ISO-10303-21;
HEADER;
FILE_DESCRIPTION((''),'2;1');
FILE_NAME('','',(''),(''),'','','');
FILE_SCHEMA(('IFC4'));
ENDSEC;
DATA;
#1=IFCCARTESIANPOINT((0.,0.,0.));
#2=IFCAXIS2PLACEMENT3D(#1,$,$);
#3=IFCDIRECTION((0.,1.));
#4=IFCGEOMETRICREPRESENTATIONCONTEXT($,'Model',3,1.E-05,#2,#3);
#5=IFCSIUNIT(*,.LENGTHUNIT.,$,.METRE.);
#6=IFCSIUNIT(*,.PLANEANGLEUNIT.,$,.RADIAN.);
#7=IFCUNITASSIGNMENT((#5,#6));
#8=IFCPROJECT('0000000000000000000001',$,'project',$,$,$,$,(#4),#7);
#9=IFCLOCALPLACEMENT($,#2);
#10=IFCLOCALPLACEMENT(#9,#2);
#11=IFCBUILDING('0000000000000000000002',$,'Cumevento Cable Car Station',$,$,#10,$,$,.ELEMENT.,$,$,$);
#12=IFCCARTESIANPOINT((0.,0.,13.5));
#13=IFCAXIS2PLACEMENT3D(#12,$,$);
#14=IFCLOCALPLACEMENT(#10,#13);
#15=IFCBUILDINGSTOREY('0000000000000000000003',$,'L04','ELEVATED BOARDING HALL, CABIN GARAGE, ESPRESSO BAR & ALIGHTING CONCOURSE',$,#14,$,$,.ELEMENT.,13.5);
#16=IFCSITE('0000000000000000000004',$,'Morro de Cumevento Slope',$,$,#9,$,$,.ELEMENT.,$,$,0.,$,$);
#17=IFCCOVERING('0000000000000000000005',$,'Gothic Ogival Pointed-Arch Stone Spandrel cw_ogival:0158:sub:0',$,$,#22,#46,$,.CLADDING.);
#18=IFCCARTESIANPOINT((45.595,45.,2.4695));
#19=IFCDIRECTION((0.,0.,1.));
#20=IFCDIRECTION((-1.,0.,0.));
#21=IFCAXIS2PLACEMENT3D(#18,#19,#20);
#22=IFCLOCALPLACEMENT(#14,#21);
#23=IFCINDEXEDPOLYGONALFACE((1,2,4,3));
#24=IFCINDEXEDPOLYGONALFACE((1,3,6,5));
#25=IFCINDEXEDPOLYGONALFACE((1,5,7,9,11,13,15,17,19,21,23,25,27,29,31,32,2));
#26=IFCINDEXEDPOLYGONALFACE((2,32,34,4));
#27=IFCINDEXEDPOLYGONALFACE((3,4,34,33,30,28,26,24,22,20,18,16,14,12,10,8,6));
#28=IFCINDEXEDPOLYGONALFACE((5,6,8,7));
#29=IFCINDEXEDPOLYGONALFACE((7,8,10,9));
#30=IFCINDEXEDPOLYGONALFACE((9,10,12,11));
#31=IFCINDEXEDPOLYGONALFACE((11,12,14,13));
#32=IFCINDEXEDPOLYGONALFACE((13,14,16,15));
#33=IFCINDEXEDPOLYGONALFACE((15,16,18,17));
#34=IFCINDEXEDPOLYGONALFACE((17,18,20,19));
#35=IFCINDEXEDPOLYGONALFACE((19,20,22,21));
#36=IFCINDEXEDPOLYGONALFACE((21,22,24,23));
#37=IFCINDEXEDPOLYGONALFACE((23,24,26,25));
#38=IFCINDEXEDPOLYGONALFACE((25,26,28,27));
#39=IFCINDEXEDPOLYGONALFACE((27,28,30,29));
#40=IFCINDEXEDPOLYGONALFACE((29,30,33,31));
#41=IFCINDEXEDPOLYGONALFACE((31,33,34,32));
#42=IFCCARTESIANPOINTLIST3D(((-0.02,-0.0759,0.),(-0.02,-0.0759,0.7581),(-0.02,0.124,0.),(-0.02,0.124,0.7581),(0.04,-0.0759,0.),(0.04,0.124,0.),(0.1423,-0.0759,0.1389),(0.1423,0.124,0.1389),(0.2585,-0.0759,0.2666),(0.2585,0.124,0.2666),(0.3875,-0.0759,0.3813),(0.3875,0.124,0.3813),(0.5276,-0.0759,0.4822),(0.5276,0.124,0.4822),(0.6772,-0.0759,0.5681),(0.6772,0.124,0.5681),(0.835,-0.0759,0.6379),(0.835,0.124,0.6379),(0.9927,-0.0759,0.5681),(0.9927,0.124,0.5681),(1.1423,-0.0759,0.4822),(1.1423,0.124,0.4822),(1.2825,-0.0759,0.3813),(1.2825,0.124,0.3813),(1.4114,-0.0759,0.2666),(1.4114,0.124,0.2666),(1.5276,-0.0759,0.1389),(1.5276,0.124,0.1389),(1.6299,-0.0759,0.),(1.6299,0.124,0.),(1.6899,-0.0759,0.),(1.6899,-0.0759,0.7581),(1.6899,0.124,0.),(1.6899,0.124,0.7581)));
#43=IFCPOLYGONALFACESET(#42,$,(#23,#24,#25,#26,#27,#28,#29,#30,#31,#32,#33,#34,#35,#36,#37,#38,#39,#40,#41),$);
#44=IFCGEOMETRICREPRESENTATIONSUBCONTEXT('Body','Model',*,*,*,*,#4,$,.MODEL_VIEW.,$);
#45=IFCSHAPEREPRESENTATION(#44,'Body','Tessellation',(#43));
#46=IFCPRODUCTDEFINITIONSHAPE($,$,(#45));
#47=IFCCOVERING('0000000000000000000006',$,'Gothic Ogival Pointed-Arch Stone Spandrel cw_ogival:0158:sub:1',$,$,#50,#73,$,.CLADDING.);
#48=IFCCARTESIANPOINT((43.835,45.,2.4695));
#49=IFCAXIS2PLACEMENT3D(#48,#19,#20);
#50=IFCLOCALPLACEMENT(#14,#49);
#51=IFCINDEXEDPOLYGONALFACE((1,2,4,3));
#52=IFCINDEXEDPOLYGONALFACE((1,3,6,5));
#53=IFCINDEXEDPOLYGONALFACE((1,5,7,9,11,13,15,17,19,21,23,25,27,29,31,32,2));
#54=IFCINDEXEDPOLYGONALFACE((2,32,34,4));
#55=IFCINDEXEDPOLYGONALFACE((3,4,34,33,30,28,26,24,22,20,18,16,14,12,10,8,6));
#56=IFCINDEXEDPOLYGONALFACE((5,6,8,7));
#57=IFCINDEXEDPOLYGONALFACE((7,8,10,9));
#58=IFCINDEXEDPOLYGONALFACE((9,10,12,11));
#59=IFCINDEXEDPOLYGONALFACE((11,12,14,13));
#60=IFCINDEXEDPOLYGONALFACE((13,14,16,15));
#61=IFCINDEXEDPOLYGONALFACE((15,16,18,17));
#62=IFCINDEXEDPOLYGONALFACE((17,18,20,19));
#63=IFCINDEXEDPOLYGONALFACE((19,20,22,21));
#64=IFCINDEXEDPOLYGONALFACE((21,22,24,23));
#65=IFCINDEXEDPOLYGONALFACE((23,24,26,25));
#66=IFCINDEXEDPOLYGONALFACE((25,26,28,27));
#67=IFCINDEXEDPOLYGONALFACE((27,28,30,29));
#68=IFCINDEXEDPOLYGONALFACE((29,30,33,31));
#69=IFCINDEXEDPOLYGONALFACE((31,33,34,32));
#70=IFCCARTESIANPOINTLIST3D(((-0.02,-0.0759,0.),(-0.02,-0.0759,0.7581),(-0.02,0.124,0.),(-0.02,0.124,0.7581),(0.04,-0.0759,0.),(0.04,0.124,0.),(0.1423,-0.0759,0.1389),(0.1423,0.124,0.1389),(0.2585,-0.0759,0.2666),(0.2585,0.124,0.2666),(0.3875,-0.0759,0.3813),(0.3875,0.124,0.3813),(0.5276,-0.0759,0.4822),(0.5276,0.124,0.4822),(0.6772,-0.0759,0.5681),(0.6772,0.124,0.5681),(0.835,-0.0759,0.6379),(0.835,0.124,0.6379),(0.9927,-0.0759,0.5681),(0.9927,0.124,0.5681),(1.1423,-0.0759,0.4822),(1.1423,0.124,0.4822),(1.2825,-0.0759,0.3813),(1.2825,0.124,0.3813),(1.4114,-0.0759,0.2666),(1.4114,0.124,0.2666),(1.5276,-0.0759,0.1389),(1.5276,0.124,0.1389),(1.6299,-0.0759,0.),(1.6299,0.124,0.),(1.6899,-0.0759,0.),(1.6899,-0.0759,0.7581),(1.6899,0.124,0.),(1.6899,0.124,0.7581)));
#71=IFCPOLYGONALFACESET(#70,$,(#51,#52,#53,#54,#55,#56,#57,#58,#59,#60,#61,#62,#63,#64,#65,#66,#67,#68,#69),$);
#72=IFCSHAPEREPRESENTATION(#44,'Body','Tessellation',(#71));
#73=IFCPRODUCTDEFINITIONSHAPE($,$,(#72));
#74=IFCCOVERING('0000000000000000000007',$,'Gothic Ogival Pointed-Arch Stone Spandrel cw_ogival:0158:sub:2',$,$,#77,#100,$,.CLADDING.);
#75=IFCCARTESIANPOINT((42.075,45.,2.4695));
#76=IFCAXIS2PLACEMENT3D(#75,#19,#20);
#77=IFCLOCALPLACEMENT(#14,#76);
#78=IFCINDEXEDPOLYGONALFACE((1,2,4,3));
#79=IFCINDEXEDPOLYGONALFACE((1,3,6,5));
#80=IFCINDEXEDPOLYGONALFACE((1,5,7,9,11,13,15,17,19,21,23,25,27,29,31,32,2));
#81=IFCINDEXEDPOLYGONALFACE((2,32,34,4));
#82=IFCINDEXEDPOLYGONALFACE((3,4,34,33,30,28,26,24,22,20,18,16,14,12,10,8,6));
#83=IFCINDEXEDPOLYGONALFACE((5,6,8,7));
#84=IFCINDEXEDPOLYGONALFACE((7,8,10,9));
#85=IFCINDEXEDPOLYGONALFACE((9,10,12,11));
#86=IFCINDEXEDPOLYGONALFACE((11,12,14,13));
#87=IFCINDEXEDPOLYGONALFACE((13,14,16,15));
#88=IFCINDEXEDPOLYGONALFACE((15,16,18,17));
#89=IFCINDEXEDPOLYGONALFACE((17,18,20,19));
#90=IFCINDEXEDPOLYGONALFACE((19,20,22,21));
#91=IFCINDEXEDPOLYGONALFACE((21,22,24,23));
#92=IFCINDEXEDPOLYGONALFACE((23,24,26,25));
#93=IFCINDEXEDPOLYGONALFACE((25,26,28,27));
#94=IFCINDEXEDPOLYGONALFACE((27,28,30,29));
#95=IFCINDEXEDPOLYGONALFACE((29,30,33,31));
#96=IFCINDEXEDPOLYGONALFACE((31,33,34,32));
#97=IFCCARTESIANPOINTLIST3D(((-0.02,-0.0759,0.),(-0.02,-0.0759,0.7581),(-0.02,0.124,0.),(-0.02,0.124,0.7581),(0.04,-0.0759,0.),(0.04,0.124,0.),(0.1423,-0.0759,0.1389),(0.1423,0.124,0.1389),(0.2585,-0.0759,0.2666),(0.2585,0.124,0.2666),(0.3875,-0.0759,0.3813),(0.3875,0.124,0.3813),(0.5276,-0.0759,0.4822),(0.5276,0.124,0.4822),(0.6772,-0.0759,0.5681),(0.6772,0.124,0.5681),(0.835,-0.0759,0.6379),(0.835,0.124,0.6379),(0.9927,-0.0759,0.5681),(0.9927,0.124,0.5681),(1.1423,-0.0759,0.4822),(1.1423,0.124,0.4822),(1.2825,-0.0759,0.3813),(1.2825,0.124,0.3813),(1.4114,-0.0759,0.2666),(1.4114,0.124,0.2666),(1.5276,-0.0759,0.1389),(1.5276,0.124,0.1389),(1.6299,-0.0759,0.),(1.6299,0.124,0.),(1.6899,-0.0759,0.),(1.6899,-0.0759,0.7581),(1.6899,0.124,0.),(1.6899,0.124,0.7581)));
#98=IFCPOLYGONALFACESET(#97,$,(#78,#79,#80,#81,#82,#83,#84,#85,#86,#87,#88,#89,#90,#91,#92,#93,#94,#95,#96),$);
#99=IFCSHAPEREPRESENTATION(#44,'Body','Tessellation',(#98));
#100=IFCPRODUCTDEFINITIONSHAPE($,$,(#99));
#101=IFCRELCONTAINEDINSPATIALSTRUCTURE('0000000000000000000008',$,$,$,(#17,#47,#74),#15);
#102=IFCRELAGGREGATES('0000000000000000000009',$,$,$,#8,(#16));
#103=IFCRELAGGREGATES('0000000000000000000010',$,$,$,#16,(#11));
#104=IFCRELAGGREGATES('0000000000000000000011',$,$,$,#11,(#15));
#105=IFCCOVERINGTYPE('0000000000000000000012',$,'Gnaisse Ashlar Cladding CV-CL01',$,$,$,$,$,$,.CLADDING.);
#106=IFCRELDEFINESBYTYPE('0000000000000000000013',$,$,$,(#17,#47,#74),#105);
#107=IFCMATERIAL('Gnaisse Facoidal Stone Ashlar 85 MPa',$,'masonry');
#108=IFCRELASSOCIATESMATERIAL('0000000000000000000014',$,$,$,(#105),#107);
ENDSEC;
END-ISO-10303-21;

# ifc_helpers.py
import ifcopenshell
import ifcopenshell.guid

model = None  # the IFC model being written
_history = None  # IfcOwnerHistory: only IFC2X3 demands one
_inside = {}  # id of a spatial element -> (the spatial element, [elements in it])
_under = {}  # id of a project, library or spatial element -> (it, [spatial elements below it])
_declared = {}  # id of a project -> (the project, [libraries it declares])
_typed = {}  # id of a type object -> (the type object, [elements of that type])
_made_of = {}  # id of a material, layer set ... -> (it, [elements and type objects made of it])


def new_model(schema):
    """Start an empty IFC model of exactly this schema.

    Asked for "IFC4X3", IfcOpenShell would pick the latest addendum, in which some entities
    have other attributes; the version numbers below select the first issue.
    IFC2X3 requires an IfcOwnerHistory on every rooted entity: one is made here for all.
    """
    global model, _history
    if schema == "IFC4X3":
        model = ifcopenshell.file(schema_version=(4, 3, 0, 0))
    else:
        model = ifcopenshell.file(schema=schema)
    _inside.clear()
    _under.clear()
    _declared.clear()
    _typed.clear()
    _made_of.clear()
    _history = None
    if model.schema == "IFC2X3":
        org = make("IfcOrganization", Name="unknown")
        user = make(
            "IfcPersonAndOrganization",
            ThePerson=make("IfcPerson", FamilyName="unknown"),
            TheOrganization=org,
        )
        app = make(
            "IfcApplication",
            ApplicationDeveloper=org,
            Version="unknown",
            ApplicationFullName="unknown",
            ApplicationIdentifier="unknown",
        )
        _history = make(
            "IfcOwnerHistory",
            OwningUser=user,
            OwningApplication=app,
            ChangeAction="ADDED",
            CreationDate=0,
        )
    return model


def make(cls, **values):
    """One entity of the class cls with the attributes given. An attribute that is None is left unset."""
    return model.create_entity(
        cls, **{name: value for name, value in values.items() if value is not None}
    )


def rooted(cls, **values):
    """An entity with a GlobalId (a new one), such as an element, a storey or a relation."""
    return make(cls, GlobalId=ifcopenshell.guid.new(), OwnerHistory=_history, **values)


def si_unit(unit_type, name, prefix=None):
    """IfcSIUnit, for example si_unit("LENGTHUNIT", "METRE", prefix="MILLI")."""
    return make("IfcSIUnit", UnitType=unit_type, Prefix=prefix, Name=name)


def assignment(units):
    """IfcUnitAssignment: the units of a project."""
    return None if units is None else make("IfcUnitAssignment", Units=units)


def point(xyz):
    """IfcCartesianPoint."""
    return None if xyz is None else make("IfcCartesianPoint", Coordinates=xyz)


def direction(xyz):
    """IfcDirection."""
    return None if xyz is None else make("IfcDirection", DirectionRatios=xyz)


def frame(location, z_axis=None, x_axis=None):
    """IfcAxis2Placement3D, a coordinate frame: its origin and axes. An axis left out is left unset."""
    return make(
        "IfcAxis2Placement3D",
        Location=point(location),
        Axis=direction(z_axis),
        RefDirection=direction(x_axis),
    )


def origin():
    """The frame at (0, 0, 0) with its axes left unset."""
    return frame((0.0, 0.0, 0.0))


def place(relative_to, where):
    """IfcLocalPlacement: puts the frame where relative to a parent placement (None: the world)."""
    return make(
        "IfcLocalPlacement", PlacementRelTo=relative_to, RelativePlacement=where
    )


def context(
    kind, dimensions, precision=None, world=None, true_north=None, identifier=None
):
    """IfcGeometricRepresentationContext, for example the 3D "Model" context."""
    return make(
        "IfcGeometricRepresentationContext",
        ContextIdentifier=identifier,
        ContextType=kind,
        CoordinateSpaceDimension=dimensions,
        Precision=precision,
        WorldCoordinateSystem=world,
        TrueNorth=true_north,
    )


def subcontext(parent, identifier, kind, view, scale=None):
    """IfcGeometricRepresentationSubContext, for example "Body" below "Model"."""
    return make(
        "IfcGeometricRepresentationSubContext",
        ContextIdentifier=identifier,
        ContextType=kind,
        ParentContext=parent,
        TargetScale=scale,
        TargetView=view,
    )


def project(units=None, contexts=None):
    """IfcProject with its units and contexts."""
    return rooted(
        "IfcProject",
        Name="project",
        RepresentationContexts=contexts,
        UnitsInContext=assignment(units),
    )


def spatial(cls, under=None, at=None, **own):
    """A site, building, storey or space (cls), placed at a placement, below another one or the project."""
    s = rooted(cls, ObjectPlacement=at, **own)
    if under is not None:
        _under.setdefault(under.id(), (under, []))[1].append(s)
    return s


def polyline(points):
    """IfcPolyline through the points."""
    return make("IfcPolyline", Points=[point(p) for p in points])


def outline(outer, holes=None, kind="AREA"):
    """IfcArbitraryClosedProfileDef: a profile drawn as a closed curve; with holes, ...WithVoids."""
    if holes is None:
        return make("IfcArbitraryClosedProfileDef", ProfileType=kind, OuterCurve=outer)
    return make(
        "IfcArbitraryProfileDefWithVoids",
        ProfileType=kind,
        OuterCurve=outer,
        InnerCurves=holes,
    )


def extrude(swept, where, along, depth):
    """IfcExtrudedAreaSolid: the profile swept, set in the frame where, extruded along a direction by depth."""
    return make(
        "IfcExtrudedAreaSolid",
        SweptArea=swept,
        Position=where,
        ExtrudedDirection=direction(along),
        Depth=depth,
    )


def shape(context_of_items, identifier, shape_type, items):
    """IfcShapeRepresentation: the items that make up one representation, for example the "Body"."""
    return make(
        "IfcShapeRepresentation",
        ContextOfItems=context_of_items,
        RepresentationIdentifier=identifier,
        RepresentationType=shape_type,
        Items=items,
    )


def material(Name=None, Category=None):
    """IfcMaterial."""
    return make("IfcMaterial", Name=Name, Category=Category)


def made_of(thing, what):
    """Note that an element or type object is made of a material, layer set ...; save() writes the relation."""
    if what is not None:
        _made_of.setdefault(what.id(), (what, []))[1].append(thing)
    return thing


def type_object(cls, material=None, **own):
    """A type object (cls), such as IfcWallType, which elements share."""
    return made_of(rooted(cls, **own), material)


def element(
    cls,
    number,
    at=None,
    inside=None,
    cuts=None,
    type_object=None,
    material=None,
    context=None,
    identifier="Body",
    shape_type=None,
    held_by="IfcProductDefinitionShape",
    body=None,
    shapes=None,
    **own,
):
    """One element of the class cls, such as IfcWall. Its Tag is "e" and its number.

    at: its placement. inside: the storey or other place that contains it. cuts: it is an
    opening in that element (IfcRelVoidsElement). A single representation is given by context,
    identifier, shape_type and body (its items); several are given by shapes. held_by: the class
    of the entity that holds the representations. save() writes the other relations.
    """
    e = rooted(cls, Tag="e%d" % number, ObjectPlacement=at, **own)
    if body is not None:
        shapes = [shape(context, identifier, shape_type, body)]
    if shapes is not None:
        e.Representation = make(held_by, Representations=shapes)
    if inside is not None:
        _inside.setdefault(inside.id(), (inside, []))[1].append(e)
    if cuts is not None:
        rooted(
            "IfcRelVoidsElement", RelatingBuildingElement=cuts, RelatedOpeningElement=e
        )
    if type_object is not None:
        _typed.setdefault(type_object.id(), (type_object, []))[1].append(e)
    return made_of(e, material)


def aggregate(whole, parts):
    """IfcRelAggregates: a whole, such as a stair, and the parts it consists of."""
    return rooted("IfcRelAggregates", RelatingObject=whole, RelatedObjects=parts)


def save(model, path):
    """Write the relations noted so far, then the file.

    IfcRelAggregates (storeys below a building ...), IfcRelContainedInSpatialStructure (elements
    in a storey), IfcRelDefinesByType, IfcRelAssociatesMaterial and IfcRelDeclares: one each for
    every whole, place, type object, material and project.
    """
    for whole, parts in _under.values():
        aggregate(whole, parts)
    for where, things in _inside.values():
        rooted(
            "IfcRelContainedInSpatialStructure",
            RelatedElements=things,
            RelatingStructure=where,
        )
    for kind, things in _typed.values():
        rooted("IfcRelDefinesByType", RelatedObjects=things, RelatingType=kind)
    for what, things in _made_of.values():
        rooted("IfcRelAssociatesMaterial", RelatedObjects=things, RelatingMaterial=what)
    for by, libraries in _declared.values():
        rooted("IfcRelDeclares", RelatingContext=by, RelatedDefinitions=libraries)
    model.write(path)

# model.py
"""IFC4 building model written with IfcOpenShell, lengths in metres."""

from ifc_helpers import new_model, si_unit, direction, frame, origin, place, context, subcontext, project, spatial, polyline, outline, extrude, material, type_object, element, save


model = new_model("IFC4")

# Units and contexts
model_context = context("Model", 3, precision=1e-05, world=origin(), true_north=direction((0.0, 1.0)))
body_context = subcontext(model_context, "Body", "Model", "MODEL_VIEW")
ifc_project = project(units=[si_unit("LENGTHUNIT", "METRE"), si_unit("PLANEANGLEUNIT", "RADIAN")], contexts=[model_context])

# Site, building, storey
site_placement = place(None, origin())
site = spatial("IfcSite", under=ifc_project, at=site_placement, Name="Morro de Cumevento Slope", CompositionType="ELEMENT", RefElevation=0.0)
building_placement = place(site_placement, origin())
building = spatial("IfcBuilding", under=site, at=building_placement, Name="Cumevento Cable Car Station", CompositionType="ELEMENT")
storey_placement = place(building_placement, frame((0.0, 0.0, 13.5)))
storey = spatial("IfcBuildingStorey", under=building, at=storey_placement, Name="L04", Description="ELEVATED BOARDING HALL, CABIN GARAGE, ESPRESSO BAR & ALIGHTING CONCOURSE", CompositionType="ELEMENT", Elevation=13.5)

# Coverings
ifc_material_1 = material(Name="Gnaisse Facoidal Stone Ashlar 85 MPa", Category="masonry")
covering_type = type_object("IfcCoveringType", Name="Gnaisse Ashlar Cladding CV-CL01", PredefinedType="CLADDING", material=ifc_material_1)
for number, where, z_axis, x_axis, name in (
    (1, (45.595, 45.0, 2.4695), (0.0, 0.0, 1.0), (-1.0, 0.0, 0.0), "Gothic Ogival Pointed-Arch Stone Spandrel cw_ogival:0158:sub:0"),
    (2, (43.835, 45.0, 2.4695), (0.0, 0.0, 1.0), (-1.0, 0.0, 0.0), "Gothic Ogival Pointed-Arch Stone Spandrel cw_ogival:0158:sub:1"),
    (3, (42.075, 45.0, 2.4695), (0.0, 0.0, 1.0), (-1.0, 0.0, 0.0), "Gothic Ogival Pointed-Arch Stone Spandrel cw_ogival:0158:sub:2"),
):
    element("IfcCovering", number, at=place(storey_placement, frame(where, z_axis=z_axis, x_axis=x_axis)), inside=storey, type_object=covering_type, Name=name, PredefinedType="CLADDING", context=body_context, shape_type="SweptSolid", body=[
        extrude(outline(polyline([(-0.02, 0.0), (-0.02, 0.7581), (1.6899, 0.7581), (1.6899, 0.0), (1.6299, 0.0), (1.5276, 0.1389), (1.4114, 0.2666), (1.2825, 0.3813), (1.1423, 0.4822), (0.9927, 0.5681), (0.835, 0.6379), (0.6772, 0.5681), (0.5276, 0.4822), (0.3875, 0.3813), (0.2585, 0.2666), (0.1423, 0.1389), (0.04, 0.0), (-0.02, 0.0)])), frame((0.0, 0.124, 0.0), z_axis=(0.0, -1.0, 0.0), x_axis=(1.0, 0.0, 0.0)), (0.0, 0.0, 1.0), 0.2),
    ])

save(model, "model.ifc")
